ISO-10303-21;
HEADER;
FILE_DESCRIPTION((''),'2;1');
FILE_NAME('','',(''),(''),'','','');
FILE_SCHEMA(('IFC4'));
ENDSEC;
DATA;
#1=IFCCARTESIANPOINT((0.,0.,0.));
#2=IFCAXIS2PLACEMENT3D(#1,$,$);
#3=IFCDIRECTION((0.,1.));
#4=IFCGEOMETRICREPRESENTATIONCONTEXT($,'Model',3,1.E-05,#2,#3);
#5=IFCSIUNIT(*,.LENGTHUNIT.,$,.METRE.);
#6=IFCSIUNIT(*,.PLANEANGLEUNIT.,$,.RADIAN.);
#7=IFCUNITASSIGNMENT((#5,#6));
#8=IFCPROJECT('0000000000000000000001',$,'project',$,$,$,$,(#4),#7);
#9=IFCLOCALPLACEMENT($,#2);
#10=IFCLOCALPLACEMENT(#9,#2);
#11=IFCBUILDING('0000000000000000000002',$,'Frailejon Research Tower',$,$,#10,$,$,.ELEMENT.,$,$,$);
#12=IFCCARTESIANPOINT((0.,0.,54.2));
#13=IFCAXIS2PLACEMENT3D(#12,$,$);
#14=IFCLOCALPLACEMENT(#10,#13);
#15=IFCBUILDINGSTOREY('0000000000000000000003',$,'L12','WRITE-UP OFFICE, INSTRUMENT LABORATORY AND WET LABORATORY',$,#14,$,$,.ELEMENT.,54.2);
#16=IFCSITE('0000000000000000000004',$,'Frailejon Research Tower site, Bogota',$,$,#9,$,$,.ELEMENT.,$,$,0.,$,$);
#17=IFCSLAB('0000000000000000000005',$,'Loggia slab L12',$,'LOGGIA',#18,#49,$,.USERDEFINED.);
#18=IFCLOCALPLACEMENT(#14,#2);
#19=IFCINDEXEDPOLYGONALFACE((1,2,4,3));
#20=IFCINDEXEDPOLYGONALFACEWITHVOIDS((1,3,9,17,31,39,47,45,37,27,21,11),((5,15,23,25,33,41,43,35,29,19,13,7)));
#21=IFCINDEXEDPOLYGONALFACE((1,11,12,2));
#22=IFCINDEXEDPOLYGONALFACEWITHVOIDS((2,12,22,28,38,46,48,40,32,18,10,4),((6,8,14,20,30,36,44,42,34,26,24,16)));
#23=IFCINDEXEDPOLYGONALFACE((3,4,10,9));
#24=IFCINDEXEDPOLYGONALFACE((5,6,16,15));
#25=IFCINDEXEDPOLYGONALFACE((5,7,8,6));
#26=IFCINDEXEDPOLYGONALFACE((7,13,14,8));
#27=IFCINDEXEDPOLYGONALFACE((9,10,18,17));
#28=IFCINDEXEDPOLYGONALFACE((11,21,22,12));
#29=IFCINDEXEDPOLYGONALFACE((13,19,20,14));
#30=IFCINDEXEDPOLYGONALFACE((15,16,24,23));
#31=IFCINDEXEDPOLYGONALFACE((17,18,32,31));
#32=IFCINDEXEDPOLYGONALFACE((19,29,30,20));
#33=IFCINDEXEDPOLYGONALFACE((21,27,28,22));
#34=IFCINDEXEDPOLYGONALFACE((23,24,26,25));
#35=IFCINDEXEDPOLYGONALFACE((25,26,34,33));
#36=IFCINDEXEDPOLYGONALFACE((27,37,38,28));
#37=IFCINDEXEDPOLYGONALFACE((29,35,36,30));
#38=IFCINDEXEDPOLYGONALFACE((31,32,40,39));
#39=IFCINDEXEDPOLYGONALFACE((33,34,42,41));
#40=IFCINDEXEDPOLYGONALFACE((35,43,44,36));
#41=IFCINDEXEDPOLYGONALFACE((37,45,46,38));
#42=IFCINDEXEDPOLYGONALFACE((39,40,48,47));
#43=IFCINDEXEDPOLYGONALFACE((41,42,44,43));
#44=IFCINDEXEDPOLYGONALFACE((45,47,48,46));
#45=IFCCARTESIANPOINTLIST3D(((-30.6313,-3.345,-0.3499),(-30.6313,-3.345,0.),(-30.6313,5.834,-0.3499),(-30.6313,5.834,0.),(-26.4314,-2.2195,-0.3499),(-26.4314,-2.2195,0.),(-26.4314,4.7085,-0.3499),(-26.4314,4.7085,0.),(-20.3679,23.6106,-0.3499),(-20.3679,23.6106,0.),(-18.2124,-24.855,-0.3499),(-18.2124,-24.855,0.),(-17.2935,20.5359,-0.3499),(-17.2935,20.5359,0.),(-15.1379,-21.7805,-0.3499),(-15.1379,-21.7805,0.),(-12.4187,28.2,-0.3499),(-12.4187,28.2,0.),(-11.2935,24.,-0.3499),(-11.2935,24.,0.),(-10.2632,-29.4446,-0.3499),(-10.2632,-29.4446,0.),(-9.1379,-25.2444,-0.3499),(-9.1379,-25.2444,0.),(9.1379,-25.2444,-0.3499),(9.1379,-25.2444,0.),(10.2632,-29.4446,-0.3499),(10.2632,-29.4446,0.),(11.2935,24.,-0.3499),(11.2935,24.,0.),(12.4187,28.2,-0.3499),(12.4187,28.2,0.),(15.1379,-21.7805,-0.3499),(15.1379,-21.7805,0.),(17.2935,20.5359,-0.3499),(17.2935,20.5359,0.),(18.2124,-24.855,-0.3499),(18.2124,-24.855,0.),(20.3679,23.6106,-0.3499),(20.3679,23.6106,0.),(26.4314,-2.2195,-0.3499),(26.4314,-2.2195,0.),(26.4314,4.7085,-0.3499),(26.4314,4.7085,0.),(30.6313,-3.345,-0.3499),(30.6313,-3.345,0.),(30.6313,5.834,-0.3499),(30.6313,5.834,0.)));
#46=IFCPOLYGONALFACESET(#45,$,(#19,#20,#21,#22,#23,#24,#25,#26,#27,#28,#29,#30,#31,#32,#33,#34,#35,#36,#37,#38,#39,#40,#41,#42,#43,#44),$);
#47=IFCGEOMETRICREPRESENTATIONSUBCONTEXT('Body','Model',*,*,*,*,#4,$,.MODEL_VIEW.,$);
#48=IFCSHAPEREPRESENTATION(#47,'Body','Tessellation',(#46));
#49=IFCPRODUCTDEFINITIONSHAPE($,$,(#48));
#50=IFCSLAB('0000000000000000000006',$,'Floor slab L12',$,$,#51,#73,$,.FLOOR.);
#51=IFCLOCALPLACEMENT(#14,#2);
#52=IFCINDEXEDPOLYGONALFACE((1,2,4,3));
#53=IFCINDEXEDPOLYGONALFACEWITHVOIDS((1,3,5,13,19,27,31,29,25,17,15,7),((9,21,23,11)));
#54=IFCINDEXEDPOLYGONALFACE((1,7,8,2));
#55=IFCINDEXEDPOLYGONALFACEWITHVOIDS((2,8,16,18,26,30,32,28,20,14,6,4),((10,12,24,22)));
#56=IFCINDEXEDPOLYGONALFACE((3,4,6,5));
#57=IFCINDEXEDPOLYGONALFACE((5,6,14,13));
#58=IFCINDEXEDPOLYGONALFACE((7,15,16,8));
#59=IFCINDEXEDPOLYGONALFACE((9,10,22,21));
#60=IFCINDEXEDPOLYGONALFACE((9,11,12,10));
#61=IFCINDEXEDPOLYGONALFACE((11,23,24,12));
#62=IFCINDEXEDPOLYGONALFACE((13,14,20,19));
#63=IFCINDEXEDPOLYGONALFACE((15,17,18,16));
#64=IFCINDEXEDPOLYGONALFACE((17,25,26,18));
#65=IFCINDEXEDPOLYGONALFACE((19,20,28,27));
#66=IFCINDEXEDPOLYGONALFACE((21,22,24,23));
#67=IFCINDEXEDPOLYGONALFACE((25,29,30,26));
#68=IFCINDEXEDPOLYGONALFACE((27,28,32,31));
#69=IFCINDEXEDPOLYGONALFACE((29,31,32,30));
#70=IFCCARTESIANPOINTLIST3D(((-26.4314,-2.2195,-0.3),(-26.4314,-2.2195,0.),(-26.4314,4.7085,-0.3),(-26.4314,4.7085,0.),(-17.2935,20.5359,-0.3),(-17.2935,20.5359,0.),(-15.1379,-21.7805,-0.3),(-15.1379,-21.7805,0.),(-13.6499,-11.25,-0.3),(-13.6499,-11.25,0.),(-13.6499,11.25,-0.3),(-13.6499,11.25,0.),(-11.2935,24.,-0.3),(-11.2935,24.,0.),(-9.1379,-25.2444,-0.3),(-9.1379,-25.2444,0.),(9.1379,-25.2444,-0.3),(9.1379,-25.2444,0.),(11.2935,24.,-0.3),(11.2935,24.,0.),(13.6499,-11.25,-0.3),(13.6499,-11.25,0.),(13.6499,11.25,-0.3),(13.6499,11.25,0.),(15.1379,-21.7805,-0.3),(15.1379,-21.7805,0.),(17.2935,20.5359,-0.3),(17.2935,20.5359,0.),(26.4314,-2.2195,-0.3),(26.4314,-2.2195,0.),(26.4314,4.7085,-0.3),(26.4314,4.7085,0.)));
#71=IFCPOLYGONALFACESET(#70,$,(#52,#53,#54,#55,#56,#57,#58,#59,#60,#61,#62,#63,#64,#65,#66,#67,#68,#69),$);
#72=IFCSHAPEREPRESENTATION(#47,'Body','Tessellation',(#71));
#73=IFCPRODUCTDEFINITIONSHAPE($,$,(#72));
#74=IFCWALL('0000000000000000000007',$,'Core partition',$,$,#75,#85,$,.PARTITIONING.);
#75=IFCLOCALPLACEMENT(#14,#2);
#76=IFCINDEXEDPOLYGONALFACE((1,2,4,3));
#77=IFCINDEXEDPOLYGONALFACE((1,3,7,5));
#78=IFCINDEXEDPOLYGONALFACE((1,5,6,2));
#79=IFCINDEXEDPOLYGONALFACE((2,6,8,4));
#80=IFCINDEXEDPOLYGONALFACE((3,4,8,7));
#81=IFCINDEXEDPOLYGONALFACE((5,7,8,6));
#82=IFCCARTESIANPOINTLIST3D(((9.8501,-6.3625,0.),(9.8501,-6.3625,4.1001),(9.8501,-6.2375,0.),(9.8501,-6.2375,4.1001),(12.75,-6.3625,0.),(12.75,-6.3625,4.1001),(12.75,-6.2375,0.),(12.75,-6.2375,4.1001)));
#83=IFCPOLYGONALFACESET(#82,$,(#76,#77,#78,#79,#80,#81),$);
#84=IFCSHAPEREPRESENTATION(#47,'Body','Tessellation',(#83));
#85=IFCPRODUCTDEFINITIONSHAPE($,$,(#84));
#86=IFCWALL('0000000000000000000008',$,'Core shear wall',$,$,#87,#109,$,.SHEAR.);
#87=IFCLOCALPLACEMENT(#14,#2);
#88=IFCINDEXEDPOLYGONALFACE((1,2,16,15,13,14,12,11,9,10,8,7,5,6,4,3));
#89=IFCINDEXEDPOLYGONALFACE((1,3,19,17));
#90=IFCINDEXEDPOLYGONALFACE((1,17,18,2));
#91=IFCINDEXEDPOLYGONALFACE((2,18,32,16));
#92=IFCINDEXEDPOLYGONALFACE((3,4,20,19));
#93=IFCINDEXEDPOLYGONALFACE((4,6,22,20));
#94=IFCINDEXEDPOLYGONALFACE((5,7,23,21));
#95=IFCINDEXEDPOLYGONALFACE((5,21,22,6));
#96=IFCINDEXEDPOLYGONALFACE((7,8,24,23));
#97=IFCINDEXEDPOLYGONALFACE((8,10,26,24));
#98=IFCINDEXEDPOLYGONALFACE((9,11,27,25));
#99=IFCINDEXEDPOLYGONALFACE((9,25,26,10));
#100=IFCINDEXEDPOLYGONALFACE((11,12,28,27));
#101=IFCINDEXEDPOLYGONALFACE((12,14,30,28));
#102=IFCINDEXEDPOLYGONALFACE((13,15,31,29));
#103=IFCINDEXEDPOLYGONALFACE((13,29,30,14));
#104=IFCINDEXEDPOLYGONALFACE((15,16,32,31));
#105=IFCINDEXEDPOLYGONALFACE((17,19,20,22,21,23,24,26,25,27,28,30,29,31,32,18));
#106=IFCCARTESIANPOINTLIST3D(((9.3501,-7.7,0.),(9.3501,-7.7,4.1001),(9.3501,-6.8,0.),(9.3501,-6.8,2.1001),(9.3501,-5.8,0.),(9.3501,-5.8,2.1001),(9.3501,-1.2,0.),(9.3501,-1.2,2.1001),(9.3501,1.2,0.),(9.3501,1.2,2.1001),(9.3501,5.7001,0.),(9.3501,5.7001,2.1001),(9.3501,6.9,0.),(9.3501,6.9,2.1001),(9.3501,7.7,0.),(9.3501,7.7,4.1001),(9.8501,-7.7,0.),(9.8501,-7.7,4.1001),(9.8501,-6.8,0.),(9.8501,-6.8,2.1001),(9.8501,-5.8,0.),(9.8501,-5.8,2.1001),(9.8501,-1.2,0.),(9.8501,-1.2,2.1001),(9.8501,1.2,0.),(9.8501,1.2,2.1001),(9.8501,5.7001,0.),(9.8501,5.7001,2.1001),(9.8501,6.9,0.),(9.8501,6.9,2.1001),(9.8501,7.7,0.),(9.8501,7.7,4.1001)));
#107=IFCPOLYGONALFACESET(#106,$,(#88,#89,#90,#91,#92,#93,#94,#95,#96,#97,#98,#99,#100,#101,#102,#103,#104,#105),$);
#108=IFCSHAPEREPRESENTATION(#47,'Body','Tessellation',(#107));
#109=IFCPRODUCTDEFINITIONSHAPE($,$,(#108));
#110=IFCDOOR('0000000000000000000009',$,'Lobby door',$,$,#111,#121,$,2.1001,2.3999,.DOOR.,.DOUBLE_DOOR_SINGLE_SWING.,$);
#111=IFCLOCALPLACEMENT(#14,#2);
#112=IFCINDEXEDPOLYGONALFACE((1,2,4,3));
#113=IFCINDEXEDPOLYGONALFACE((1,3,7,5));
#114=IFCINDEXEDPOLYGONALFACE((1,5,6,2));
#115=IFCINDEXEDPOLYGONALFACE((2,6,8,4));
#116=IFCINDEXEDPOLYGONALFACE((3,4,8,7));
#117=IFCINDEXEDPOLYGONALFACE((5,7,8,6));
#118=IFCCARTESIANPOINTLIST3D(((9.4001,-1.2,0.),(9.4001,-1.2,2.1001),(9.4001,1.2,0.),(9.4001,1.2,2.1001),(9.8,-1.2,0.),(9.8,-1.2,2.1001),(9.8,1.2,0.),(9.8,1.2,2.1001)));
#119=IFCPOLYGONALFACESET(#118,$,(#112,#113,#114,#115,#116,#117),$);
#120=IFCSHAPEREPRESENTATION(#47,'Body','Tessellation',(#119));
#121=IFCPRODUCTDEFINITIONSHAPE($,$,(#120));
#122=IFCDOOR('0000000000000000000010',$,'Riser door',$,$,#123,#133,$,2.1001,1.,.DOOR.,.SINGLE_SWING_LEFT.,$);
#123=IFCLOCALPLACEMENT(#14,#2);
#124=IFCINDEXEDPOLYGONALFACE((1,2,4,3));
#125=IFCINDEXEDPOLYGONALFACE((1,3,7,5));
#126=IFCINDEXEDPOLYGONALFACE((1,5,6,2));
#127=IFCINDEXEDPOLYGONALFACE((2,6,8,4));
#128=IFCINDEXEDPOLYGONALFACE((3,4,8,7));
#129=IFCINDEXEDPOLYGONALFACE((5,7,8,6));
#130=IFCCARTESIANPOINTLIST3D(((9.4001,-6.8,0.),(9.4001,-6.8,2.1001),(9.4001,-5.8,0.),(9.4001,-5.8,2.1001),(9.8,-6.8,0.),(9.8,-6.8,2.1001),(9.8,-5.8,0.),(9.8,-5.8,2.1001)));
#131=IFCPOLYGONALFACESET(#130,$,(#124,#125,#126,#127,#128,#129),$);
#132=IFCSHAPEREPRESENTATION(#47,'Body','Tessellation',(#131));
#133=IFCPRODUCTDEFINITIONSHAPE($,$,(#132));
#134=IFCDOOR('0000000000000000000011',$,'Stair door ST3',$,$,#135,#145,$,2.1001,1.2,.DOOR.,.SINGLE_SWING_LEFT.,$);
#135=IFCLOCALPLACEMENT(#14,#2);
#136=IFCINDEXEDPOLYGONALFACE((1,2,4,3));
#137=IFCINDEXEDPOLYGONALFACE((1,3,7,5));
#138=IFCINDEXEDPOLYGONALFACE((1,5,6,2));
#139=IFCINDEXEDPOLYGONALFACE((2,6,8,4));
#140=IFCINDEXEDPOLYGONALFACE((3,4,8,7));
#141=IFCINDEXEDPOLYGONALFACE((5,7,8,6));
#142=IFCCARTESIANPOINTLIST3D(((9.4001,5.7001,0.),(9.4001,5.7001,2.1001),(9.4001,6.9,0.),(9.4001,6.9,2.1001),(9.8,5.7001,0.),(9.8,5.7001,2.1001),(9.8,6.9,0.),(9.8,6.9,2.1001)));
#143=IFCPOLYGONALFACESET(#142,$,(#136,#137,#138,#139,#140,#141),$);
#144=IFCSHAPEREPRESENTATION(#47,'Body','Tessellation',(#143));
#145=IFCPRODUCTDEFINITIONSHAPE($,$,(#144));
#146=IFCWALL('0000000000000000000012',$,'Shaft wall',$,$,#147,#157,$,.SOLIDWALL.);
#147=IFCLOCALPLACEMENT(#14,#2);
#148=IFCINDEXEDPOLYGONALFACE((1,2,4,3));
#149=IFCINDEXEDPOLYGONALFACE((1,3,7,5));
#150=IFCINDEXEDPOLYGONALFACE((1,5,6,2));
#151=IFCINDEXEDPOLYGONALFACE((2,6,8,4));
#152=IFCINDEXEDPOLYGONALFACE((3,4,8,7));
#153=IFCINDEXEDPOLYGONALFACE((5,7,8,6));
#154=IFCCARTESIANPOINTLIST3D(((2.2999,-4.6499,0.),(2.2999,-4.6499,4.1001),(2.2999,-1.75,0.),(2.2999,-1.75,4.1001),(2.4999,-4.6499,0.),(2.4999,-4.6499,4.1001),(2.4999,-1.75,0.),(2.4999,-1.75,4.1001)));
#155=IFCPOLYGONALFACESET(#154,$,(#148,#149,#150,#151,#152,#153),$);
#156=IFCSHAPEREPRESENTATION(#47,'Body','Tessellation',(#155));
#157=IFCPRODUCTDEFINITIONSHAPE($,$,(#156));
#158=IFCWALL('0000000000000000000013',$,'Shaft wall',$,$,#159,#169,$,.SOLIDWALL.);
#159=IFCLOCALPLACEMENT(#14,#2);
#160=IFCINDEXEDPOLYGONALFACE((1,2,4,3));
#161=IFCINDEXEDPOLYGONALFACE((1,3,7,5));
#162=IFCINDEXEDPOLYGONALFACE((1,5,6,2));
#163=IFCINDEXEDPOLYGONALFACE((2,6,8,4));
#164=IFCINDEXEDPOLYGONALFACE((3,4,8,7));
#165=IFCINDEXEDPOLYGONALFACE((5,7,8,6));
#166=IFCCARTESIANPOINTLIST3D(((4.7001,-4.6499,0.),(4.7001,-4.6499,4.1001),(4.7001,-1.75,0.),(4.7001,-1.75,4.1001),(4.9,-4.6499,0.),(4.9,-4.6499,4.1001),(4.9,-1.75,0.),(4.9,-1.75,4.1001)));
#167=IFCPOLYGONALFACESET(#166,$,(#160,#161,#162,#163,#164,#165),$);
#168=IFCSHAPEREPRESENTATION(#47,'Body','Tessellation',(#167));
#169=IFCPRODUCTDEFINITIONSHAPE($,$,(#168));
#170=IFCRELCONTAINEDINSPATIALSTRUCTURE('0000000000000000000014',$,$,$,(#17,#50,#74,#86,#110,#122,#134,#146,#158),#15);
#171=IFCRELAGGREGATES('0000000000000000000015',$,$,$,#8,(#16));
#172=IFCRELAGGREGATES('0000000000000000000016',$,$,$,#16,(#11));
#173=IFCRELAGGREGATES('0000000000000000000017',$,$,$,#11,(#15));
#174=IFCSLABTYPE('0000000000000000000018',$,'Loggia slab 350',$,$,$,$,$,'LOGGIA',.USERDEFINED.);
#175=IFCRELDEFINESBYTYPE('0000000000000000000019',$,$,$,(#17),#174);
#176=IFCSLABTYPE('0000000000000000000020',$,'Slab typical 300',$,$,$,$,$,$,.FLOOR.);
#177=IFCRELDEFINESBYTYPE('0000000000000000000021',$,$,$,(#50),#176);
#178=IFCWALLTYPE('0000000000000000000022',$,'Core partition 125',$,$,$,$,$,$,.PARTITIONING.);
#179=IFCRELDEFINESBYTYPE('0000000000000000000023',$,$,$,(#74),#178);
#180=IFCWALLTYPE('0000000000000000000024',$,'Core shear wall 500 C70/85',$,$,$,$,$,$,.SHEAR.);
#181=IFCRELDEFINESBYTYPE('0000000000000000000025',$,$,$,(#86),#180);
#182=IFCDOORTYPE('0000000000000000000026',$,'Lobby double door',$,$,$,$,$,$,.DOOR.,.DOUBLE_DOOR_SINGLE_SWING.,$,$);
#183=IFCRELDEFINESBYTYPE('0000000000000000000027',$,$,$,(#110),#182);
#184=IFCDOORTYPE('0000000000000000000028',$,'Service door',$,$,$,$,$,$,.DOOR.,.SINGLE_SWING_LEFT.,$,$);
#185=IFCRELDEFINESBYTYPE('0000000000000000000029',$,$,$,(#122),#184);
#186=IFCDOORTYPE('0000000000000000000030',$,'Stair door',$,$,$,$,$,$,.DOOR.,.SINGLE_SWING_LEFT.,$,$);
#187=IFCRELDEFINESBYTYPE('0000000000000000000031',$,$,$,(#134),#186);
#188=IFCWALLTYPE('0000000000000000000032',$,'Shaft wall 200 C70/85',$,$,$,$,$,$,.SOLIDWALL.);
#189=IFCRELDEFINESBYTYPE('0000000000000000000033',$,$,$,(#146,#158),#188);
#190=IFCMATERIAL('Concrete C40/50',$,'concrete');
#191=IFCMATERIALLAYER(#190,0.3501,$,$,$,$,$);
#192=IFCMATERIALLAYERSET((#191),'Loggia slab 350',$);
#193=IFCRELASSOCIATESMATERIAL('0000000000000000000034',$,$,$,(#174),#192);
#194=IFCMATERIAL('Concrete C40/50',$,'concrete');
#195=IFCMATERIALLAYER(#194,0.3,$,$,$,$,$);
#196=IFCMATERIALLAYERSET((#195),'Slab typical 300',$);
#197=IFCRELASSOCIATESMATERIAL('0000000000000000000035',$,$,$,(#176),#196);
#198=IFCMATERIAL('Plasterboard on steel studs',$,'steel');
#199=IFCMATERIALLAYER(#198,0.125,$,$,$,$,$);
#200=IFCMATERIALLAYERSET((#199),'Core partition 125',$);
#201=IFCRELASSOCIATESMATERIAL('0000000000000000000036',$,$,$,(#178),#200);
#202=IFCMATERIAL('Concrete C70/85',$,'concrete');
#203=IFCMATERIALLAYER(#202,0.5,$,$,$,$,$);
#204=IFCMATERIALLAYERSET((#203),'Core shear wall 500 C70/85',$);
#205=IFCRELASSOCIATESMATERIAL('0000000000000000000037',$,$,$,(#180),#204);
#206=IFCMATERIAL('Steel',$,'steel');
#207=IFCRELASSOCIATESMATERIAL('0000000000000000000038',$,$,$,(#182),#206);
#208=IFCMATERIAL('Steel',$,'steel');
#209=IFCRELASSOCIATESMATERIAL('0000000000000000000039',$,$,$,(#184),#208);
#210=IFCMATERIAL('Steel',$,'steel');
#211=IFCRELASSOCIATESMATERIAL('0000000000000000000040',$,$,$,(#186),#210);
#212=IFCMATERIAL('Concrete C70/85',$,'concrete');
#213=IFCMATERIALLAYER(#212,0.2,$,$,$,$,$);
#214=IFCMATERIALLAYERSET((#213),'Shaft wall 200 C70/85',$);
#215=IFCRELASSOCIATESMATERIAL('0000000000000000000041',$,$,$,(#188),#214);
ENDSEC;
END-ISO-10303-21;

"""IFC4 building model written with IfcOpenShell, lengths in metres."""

from ifc_helpers import new_model, si_unit, direction, frame, frame_2d, origin, place, context, subcontext, project, spatial, polyline, rectangle, outline, extrude, material, layer, layer_set, type_object, element, fill, save


model = new_model("IFC4")

# Units and contexts
model_context = context("Model", 3, precision=1e-05, world=origin(), true_north=direction((0.0, 1.0)))
body_context = subcontext(model_context, "Body", "Model", "MODEL_VIEW")
ifc_project = project(units=[si_unit("LENGTHUNIT", "METRE"), si_unit("PLANEANGLEUNIT", "RADIAN")], contexts=[model_context])

# Site, building, storey
site_placement = place(None, origin())
site = spatial("IfcSite", under=ifc_project, at=site_placement, Name="Frailejon Research Tower site, Bogota", CompositionType="ELEMENT", RefElevation=0.0)
building_placement = place(site_placement, origin())
building = spatial("IfcBuilding", under=site, at=building_placement, Name="Frailejon Research Tower", CompositionType="ELEMENT")
storey_placement = place(building_placement, frame((0.0, 0.0, 54.2)))
storey = spatial("IfcBuildingStorey", under=building, at=storey_placement, Name="L12", Description="WRITE-UP OFFICE, INSTRUMENT LABORATORY AND WET LABORATORY", CompositionType="ELEMENT", Elevation=54.2)

# Slabs
ifc_material_1 = material(Name="Concrete C40/50", Category="concrete")
ifc_layer_1 = layer(ifc_material_1, 0.3501)
ifc_layer_set_1 = layer_set([ifc_layer_1], Name="Loggia slab 350")
slab_type_1 = type_object("IfcSlabType", Name="Loggia slab 350", ElementType="LOGGIA", PredefinedType="USERDEFINED", material=ifc_layer_set_1)
slab_1_placement = place(storey_placement, frame((0.0, 0.0, -0.3499)))
element("IfcSlab", 1, at=slab_1_placement, inside=storey, type_object=slab_type_1, Name="Loggia slab L12", ObjectType="LOGGIA", PredefinedType="USERDEFINED", context=body_context, shape_type="SweptSolid", body=[
    extrude(outline(polyline([(18.2124, -24.855), (10.2632, -29.4446), (-10.2632, -29.4446), (-18.2124, -24.855), (-30.6313, -3.345), (-30.6313, 5.834), (-20.3679, 23.6106), (-12.4187, 28.2), (12.4187, 28.2), (20.3679, 23.6106), (30.6313, 5.834), (30.6313, -3.345), (18.2124, -24.855)]), holes=[polyline([(26.4314, 4.7085), (17.2935, 20.5359), (11.2935, 24.0), (-11.2935, 24.0), (-17.2935, 20.5359), (-26.4314, 4.7085), (-26.4314, -2.2195), (-15.1379, -21.7805), (-9.1379, -25.2444), (9.1379, -25.2444), (15.1379, -21.7805), (26.4314, -2.2195), (26.4314, 4.7085)])]), origin(), (0.0, 0.0, 1.0), 0.3499),
])
ifc_material_2 = material(Name="Concrete C40/50", Category="concrete")
ifc_layer_2 = layer(ifc_material_2, 0.3)
ifc_layer_set_2 = layer_set([ifc_layer_2], Name="Slab typical 300")
slab_type_2 = type_object("IfcSlabType", Name="Slab typical 300", PredefinedType="FLOOR", material=ifc_layer_set_2)
slab_2_placement = place(storey_placement, frame((0.0, 0.0, -0.3)))
element("IfcSlab", 2, at=slab_2_placement, inside=storey, type_object=slab_type_2, Name="Floor slab L12", PredefinedType="FLOOR", context=body_context, shape_type="SweptSolid", body=[
    extrude(outline(polyline([(26.4314, -2.2195), (26.4314, 4.7085), (17.2935, 20.5359), (11.2935, 24.0), (-11.2935, 24.0), (-17.2935, 20.5359), (-26.4314, 4.7085), (-26.4314, -2.2195), (-15.1379, -21.7805), (-9.1379, -25.2444), (9.1379, -25.2444), (15.1379, -21.7805), (26.4314, -2.2195)]), holes=[polyline([(13.6499, -11.25), (-13.6499, -11.25), (-13.6499, 11.25), (13.6499, 11.25), (13.6499, -11.25)])]), origin(), (0.0, 0.0, 1.0), 0.3),
])

# Wall
ifc_material_3 = material(Name="Plasterboard on steel studs", Category="steel")
ifc_layer_3 = layer(ifc_material_3, 0.125)
ifc_layer_set_3 = layer_set([ifc_layer_3], Name="Core partition 125")
wall_type_1 = type_object("IfcWallType", Name="Core partition 125", PredefinedType="PARTITIONING", material=ifc_layer_set_3)
wall_1_placement = place(storey_placement, frame((9.8501, -6.3, 0.0), z_axis=(0.0, 0.0, 1.0), x_axis=(1.0, 0.0, 0.0)))
element("IfcWall", 3, at=wall_1_placement, inside=storey, type_object=wall_type_1, Name="Core partition", PredefinedType="PARTITIONING", context=body_context, shape_type="SweptSolid", body=[
    extrude(rectangle(XDim=2.8999, YDim=0.125, at=frame_2d((1.45, 0.0))), origin(), (0.0, 0.0, 1.0), 4.1001),
])

# Wall, openings, doors
ifc_material_4 = material(Name="Concrete C70/85", Category="concrete")
ifc_layer_4 = layer(ifc_material_4, 0.5)
ifc_layer_set_4 = layer_set([ifc_layer_4], Name="Core shear wall 500 C70/85")
wall_type_2 = type_object("IfcWallType", Name="Core shear wall 500 C70/85", PredefinedType="SHEAR", material=ifc_layer_set_4)
wall_2_placement = place(storey_placement, frame((9.6001, -7.7, 0.0), z_axis=(0.0, 0.0, 1.0), x_axis=(0.0, 1.0, 0.0)))
wall_2 = element("IfcWall", 4, at=wall_2_placement, inside=storey, type_object=wall_type_2, Name="Core shear wall", PredefinedType="SHEAR", context=body_context, shape_type="SweptSolid", body=[
    extrude(rectangle(XDim=15.3999, YDim=0.5, at=frame_2d((7.7, 0.0))), origin(), (0.0, 0.0, 1.0), 4.1001),
])
opening_1_placement = place(wall_2_placement, frame((6.5, 0.0, 0.0)))
opening_1 = element("IfcOpeningElement", 5, at=opening_1_placement, cuts=wall_2, PredefinedType="OPENING", context=body_context, shape_type="SweptSolid", body=[
    extrude(rectangle(XDim=2.3999, YDim=2.1001, at=frame_2d((1.2, 1.05))), frame((0.0, 0.26, 0.0), z_axis=(0.0, -1.0, 0.0), x_axis=(1.0, 0.0, 0.0)), (0.0, 0.0, 1.0), 0.52),
])
opening_2_placement = place(wall_2_placement, frame((13.3999, 0.0, 0.0)))
opening_2 = element("IfcOpeningElement", 6, at=opening_2_placement, cuts=wall_2, PredefinedType="OPENING", context=body_context, shape_type="SweptSolid", body=[
    extrude(rectangle(XDim=1.2, YDim=2.1001, at=frame_2d((0.6001, 1.05))), frame((0.0, 0.26, 0.0), z_axis=(0.0, -1.0, 0.0), x_axis=(1.0, 0.0, 0.0)), (0.0, 0.0, 1.0), 0.52),
])
opening_3_placement = place(wall_2_placement, frame((0.8999, 0.0, 0.0)))
opening_3 = element("IfcOpeningElement", 7, at=opening_3_placement, cuts=wall_2, PredefinedType="OPENING", context=body_context, shape_type="SweptSolid", body=[
    extrude(rectangle(XDim=1.0, YDim=2.1001, at=frame_2d((0.5, 1.05))), frame((0.0, 0.26, 0.0), z_axis=(0.0, -1.0, 0.0), x_axis=(1.0, 0.0, 0.0)), (0.0, 0.0, 1.0), 0.52),
])
ifc_material_5 = material(Name="Steel", Category="steel")
door_type_1 = type_object("IfcDoorType", Name="Lobby double door", OperationType="DOUBLE_DOOR_SINGLE_SWING", PredefinedType="DOOR", material=ifc_material_5)
door_1_placement = place(opening_1_placement, origin())
door_1 = element("IfcDoor", 8, at=door_1_placement, inside=storey, type_object=door_type_1, Name="Lobby door", OperationType="DOUBLE_DOOR_SINGLE_SWING", OverallHeight=2.1001, OverallWidth=2.3999, PredefinedType="DOOR", context=body_context, shape_type="SweptSolid", body=[
    extrude(rectangle(XDim=2.3999, YDim=2.1001, at=frame_2d((1.2, 1.05))), frame((0.0, 0.2, 0.0), z_axis=(0.0, -1.0, 0.0), x_axis=(1.0, 0.0, 0.0)), (0.0, 0.0, 1.0), 0.3999),
])
fill(opening_1, door_1)
ifc_material_6 = material(Name="Steel", Category="steel")
door_type_2 = type_object("IfcDoorType", Name="Service door", OperationType="SINGLE_SWING_LEFT", PredefinedType="DOOR", material=ifc_material_6)
door_2_placement = place(opening_3_placement, origin())
door_2 = element("IfcDoor", 9, at=door_2_placement, inside=storey, type_object=door_type_2, Name="Riser door", OperationType="SINGLE_SWING_LEFT", OverallHeight=2.1001, OverallWidth=1.0, PredefinedType="DOOR", context=body_context, shape_type="SweptSolid", body=[
    extrude(rectangle(XDim=1.0, YDim=2.1001, at=frame_2d((0.5, 1.05))), frame((0.0, 0.2, 0.0), z_axis=(0.0, -1.0, 0.0), x_axis=(1.0, 0.0, 0.0)), (0.0, 0.0, 1.0), 0.3999),
])
fill(opening_3, door_2)
ifc_material_7 = material(Name="Steel", Category="steel")
door_type_3 = type_object("IfcDoorType", Name="Stair door", OperationType="SINGLE_SWING_LEFT", PredefinedType="DOOR", material=ifc_material_7)
door_3_placement = place(opening_2_placement, origin())
door_3 = element("IfcDoor", 10, at=door_3_placement, inside=storey, type_object=door_type_3, Name="Stair door ST3", OperationType="SINGLE_SWING_LEFT", OverallHeight=2.1001, OverallWidth=1.2, PredefinedType="DOOR", context=body_context, shape_type="SweptSolid", body=[
    extrude(rectangle(XDim=1.2, YDim=2.1001, at=frame_2d((0.6001, 1.05))), frame((0.0, 0.2, 0.0), z_axis=(0.0, -1.0, 0.0), x_axis=(1.0, 0.0, 0.0)), (0.0, 0.0, 1.0), 0.3999),
])
fill(opening_2, door_3)

# Walls
ifc_material_8 = material(Name="Concrete C70/85", Category="concrete")
ifc_layer_5 = layer(ifc_material_8, 0.2)
ifc_layer_set_5 = layer_set([ifc_layer_5], Name="Shaft wall 200 C70/85")
wall_type_3 = type_object("IfcWallType", Name="Shaft wall 200 C70/85", PredefinedType="SOLIDWALL", material=ifc_layer_set_5)
for number, where, z_axis, x_axis, name in (
    (11, (2.3999, -4.6499, 0.0), (0.0, 0.0, 1.0), (0.0, 1.0, 0.0), "Shaft wall"),
    (12, (4.8, -4.6499, 0.0), (0.0, 0.0, 1.0), (0.0, 1.0, 0.0), "Shaft wall"),
):
    element("IfcWall", number, at=place(storey_placement, frame(where, z_axis=z_axis, x_axis=x_axis)), inside=storey, type_object=wall_type_3, Name=name, PredefinedType="SOLIDWALL", context=body_context, shape_type="SweptSolid", body=[
        extrude(rectangle(XDim=2.8999, YDim=0.2, at=frame_2d((1.45, 0.0))), origin(), (0.0, 0.0, 1.0), 4.1001),
    ])

save(model, "model.ifc")
